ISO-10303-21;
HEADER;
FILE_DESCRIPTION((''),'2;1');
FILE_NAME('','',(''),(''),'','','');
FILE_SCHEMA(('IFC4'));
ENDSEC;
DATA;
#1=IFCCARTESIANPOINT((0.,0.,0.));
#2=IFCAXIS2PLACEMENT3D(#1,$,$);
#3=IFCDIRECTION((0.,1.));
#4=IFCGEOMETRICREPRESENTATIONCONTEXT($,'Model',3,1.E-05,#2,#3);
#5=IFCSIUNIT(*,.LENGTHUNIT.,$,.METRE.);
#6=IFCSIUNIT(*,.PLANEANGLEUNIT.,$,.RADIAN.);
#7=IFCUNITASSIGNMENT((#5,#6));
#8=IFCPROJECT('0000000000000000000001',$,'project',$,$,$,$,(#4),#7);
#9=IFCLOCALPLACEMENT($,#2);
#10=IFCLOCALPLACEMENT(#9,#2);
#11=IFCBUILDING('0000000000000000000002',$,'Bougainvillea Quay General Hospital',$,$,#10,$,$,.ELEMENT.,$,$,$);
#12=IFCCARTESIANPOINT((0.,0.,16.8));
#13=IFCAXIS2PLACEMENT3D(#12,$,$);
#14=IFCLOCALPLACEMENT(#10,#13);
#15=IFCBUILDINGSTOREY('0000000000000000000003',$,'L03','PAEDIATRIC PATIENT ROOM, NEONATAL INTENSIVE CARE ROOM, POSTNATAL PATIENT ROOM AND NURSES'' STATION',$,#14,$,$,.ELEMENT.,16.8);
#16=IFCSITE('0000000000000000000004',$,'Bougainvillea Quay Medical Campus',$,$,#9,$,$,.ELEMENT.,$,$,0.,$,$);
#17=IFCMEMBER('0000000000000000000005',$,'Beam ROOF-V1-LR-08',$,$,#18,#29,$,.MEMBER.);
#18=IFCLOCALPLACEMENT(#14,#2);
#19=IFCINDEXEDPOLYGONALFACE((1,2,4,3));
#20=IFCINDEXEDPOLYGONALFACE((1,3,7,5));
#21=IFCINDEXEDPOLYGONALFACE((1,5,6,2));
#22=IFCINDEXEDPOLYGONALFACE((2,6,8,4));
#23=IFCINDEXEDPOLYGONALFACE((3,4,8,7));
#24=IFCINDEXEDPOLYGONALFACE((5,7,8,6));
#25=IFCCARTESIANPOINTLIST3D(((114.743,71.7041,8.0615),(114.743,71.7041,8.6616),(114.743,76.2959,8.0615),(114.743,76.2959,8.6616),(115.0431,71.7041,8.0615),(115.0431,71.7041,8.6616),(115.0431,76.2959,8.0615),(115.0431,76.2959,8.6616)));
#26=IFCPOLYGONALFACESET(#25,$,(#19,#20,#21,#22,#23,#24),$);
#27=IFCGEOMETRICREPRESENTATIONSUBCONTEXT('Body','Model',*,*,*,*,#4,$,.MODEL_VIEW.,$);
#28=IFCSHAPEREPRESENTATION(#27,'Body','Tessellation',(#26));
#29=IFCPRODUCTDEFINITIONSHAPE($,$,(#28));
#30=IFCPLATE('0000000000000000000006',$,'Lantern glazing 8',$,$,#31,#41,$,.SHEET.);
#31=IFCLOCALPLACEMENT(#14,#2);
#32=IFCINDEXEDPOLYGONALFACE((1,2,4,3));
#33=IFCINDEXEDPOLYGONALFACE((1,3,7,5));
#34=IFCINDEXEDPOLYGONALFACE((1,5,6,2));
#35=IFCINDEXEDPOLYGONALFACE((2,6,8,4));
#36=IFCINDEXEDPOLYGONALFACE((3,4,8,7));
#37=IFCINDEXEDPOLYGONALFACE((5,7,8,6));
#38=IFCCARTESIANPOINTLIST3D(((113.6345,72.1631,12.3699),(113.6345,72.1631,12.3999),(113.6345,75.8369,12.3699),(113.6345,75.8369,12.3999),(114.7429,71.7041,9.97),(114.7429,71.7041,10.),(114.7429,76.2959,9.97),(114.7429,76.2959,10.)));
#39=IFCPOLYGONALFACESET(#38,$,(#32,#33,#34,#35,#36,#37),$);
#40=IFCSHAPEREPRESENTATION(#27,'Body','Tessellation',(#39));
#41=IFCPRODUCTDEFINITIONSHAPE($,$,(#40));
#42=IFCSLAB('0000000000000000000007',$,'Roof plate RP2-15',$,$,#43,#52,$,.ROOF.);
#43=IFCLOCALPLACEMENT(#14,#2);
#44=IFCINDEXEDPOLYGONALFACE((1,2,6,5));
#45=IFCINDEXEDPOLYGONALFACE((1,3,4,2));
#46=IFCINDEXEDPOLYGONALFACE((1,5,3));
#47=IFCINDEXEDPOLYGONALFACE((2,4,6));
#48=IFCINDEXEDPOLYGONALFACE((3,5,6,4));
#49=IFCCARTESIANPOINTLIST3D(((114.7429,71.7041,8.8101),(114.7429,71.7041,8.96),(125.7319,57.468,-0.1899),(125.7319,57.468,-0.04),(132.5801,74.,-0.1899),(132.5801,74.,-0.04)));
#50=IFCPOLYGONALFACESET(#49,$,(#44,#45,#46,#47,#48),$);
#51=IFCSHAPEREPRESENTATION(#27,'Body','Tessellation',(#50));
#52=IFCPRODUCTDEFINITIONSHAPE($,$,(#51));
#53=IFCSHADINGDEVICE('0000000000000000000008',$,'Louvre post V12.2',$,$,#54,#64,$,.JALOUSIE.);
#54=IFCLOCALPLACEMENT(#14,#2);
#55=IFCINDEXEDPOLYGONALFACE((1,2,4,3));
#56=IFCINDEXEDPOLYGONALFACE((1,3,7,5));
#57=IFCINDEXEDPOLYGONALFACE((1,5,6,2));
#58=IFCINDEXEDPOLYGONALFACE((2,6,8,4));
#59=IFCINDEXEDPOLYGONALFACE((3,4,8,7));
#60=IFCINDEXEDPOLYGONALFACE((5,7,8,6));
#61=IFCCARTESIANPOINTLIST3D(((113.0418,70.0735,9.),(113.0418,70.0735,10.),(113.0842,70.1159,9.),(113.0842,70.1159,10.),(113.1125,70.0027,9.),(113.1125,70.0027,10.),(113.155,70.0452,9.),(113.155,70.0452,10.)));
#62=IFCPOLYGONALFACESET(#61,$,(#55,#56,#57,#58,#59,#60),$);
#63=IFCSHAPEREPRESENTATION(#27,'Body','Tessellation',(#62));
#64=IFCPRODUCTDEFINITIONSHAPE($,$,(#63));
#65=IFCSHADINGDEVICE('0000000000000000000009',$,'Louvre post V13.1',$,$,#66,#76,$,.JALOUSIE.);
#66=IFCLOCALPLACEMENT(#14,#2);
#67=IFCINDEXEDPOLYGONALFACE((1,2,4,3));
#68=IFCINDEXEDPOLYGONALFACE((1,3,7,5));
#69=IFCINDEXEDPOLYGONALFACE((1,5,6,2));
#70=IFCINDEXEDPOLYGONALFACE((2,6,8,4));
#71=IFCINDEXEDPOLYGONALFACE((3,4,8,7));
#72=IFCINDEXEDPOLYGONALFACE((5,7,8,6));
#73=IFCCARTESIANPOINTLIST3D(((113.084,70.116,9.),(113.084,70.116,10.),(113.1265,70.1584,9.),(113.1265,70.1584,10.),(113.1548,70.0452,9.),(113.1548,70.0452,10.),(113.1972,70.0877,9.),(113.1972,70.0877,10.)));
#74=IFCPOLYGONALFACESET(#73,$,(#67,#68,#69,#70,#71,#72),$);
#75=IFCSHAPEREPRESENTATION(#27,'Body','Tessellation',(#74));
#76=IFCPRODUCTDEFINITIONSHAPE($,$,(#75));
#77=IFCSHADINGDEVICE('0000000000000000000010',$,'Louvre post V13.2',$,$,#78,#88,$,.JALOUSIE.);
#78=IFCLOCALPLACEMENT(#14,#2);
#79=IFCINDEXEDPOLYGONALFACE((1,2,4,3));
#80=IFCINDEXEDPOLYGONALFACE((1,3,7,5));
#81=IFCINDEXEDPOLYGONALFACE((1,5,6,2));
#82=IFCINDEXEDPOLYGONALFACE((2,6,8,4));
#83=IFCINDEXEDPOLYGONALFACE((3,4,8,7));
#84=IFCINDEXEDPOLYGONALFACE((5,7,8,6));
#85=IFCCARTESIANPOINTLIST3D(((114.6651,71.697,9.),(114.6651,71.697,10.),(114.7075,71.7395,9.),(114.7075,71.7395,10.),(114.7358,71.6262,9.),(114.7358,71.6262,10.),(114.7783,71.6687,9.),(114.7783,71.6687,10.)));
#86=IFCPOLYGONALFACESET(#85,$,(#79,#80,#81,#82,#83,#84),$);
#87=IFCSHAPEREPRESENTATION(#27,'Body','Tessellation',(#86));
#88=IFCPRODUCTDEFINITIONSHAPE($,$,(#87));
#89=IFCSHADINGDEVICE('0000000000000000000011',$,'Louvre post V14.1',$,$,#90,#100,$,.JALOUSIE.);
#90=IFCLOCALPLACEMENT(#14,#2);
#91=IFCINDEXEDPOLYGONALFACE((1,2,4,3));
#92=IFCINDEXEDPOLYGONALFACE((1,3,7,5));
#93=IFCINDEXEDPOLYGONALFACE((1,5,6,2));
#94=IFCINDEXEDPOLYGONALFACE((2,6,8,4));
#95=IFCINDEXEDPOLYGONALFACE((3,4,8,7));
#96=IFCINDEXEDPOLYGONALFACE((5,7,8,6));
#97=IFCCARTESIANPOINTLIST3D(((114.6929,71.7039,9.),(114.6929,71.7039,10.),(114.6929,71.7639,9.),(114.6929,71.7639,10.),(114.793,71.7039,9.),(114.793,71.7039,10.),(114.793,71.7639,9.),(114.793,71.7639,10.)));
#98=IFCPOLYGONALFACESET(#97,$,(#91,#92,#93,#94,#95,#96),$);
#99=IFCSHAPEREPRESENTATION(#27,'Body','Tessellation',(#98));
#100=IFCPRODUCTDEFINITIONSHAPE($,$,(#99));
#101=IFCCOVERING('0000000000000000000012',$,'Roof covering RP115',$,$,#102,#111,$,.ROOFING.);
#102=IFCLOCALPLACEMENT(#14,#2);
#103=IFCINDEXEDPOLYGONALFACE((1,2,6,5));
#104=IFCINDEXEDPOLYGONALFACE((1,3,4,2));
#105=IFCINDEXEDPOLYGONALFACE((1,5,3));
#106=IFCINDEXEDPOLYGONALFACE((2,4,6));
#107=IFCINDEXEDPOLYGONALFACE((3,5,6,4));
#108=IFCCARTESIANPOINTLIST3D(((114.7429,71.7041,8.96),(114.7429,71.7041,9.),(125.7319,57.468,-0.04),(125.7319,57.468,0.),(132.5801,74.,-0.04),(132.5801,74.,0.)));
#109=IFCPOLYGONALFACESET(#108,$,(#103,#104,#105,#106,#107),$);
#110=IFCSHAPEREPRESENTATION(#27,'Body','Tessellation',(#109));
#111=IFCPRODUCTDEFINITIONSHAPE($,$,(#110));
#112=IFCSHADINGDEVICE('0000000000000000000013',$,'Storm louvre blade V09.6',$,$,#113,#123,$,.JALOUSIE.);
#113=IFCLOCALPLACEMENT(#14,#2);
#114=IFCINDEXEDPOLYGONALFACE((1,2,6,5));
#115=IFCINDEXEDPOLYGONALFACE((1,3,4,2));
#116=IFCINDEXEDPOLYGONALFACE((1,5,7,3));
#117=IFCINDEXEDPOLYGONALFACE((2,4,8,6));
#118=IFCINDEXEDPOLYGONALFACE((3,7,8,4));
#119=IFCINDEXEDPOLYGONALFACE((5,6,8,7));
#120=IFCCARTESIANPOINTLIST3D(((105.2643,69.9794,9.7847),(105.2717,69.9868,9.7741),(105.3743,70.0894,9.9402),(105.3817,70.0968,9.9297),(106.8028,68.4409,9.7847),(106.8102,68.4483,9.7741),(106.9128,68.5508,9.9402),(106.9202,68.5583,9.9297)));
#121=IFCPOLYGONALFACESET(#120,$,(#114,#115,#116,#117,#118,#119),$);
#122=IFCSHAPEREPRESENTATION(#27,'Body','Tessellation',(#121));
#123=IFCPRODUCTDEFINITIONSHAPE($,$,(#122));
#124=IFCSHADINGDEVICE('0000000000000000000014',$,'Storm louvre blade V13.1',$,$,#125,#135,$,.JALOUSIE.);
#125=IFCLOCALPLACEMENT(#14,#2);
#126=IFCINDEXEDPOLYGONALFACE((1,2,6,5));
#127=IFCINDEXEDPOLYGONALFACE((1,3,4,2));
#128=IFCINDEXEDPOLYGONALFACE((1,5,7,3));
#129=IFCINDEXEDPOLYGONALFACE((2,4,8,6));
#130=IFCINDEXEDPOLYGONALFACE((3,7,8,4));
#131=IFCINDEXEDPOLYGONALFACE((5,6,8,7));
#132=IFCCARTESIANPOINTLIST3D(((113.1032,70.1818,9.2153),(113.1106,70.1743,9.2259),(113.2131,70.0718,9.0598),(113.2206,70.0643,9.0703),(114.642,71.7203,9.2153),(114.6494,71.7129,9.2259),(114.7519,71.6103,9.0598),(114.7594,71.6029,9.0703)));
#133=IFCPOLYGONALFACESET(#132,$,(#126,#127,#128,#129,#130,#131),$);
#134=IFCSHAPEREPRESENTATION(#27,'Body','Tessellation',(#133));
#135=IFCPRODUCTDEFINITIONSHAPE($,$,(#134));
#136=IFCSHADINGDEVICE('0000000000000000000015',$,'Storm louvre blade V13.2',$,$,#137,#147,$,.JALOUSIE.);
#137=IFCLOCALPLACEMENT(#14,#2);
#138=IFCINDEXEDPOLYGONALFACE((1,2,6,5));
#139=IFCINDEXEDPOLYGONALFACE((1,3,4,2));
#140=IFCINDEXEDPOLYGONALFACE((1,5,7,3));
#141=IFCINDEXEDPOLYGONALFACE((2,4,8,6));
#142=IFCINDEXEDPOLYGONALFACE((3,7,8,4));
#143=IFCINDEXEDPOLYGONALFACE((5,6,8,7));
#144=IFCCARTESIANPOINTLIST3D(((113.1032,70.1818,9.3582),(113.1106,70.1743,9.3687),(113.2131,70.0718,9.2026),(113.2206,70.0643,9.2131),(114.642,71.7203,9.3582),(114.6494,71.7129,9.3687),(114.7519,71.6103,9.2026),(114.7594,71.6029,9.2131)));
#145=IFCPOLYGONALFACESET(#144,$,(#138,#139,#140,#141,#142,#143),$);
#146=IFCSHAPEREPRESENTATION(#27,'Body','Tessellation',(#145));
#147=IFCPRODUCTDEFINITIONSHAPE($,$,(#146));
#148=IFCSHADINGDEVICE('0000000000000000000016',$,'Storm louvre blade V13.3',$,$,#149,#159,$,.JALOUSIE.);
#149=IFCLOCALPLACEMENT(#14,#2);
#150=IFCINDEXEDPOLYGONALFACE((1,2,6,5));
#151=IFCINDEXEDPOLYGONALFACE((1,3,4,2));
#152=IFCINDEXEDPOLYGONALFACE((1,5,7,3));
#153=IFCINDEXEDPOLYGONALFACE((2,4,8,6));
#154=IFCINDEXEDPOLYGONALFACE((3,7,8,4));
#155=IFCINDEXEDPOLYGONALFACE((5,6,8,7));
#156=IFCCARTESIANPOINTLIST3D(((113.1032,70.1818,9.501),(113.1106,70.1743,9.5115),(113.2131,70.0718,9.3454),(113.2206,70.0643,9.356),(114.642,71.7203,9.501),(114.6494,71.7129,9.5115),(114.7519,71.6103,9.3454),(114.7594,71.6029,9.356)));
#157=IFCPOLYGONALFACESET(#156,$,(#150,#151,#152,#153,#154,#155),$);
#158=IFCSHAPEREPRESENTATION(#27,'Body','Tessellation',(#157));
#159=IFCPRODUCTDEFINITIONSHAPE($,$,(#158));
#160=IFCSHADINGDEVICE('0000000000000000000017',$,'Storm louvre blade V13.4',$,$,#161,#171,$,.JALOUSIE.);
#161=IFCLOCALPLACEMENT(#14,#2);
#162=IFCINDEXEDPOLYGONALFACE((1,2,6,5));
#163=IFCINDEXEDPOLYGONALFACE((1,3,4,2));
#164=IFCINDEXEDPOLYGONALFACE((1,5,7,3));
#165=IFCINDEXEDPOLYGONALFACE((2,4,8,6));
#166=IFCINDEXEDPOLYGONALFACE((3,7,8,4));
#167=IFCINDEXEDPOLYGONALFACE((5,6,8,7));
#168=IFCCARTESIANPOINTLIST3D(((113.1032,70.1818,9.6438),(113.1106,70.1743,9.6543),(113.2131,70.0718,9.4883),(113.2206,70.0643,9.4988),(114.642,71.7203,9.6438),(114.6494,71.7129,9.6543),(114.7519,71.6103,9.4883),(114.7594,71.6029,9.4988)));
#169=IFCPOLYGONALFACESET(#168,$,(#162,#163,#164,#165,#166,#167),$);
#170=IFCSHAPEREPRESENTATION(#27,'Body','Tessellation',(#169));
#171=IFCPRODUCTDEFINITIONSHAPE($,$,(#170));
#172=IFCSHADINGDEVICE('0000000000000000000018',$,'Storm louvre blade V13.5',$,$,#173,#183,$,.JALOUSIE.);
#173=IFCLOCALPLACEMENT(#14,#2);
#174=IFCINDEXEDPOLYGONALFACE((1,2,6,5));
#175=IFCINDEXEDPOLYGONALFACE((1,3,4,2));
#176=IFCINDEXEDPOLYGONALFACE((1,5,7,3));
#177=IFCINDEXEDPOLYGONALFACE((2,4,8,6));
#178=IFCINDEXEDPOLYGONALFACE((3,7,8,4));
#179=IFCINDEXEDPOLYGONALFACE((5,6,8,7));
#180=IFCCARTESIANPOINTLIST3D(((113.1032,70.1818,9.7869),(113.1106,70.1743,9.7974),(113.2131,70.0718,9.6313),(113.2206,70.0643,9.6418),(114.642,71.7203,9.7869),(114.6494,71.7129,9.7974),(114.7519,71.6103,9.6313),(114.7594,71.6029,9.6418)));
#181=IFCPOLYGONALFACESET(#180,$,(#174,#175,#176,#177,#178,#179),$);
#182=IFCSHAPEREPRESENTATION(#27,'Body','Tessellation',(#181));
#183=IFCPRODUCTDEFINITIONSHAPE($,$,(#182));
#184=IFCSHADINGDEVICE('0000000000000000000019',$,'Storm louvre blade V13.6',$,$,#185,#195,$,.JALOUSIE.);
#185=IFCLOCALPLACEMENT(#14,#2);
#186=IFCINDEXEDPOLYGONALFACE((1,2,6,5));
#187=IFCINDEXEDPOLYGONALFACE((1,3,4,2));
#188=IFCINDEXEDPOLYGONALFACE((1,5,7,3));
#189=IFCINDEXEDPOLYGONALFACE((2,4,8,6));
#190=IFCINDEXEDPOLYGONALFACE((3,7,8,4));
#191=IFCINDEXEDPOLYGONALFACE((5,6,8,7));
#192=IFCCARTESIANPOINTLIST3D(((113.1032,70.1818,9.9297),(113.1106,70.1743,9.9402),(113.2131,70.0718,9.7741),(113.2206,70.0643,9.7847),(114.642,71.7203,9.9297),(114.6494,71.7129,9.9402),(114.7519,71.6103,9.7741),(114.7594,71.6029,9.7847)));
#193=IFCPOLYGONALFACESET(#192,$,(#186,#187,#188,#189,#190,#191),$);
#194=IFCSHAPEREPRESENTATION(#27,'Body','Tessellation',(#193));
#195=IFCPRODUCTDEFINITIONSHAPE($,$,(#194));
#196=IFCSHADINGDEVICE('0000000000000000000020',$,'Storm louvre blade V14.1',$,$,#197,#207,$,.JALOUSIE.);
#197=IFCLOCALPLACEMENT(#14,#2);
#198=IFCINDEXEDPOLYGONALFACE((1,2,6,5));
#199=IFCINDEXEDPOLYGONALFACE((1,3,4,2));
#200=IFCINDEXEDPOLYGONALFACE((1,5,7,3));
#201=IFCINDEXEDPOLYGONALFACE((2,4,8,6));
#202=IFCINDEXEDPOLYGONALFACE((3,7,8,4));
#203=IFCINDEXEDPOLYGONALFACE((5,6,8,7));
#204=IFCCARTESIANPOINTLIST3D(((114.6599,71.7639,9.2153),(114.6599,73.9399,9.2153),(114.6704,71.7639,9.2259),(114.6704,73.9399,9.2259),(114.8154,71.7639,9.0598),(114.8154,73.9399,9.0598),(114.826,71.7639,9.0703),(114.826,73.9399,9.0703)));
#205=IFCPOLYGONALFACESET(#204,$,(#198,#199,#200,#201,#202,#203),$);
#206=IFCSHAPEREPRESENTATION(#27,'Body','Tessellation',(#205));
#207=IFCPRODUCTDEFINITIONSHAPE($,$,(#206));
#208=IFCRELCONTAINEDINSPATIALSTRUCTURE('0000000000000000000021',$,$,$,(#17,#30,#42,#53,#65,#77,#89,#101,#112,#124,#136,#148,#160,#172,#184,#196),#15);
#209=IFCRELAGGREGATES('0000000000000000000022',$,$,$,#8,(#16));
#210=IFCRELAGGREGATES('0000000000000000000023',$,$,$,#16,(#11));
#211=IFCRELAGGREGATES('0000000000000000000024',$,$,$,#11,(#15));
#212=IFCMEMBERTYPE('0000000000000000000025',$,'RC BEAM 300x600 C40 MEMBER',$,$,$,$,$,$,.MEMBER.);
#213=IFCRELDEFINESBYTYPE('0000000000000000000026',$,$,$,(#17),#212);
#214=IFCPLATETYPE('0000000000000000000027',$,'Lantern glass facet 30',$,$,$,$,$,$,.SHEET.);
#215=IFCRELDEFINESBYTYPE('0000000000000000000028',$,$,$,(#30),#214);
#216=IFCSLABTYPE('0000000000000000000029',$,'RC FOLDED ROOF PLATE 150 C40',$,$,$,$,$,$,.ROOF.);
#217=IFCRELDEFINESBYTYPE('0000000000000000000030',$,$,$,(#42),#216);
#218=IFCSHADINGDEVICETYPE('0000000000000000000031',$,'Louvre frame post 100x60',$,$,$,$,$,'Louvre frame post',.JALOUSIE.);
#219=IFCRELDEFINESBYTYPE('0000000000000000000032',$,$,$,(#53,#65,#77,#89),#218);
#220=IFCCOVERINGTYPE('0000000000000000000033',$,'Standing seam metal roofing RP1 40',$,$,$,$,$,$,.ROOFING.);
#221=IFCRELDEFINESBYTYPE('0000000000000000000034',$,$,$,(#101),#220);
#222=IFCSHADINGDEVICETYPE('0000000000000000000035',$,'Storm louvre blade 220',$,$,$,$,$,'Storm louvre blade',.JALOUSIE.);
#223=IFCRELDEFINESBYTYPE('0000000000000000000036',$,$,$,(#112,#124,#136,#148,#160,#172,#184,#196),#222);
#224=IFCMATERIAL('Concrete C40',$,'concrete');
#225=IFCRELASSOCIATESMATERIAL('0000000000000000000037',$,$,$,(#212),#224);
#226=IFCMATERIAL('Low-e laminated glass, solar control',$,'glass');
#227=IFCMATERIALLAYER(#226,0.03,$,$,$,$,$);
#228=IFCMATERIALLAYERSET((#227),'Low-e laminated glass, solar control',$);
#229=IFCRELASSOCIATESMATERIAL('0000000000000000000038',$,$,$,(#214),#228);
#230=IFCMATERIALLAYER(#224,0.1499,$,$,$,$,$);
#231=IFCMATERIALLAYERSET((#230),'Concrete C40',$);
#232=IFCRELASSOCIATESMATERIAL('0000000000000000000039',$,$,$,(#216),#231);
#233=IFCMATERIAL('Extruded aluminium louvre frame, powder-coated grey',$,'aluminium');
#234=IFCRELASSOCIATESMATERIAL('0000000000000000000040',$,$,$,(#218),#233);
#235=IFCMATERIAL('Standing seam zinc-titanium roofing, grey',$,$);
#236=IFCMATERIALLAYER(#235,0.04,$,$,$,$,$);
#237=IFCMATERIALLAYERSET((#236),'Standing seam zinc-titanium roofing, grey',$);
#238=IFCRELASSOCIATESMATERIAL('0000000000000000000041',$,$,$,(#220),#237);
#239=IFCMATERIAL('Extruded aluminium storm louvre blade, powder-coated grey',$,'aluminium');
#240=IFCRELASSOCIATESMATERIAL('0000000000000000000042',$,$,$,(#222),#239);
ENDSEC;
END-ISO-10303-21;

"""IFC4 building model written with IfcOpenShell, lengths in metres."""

from ifc_helpers import new_model, si_unit, direction, frame, origin, origin_2d, place, context, subcontext, project, spatial, polyline, rectangle, outline, extrude, material, layer, layer_set, material_profile, profile_set, type_object, element, save


model = new_model("IFC4")

# Units and contexts
model_context = context("Model", 3, precision=1e-05, world=origin(), true_north=direction((0.0, 1.0)))
body_context = subcontext(model_context, "Body", "Model", "MODEL_VIEW")
ifc_project = project(units=[si_unit("LENGTHUNIT", "METRE"), si_unit("PLANEANGLEUNIT", "RADIAN")], contexts=[model_context])

# Site, building, storey
site_placement = place(None, origin())
site = spatial("IfcSite", under=ifc_project, at=site_placement, Name="Bougainvillea Quay Medical Campus", CompositionType="ELEMENT", RefElevation=0.0)
building_placement = place(site_placement, origin())
building = spatial("IfcBuilding", under=site, at=building_placement, Name="Bougainvillea Quay General Hospital", CompositionType="ELEMENT")
storey_placement = place(building_placement, frame((0.0, 0.0, 16.8)))
storey = spatial("IfcBuildingStorey", under=building, at=storey_placement, Name="L03", Description="PAEDIATRIC PATIENT ROOM, NEONATAL INTENSIVE CARE ROOM, POSTNATAL PATIENT ROOM AND NURSES' STATION", CompositionType="ELEMENT", Elevation=16.8)

# Member
ifc_material_1 = material(Name="Concrete C40", Category="concrete")
ifc_material_profile_1 = material_profile(ifc_material_1, rectangle(XDim=0.3, YDim=0.6001, at=origin_2d()))
ifc_profile_set_1 = profile_set([ifc_material_profile_1], Name="Concrete C40")
member_type = type_object("IfcMemberType", Name="RC BEAM 300x600 C40 MEMBER", PredefinedType="MEMBER", material=ifc_profile_set_1)
member_placement = place(storey_placement, frame((114.8931, 71.7041, 8.3616), z_axis=(0.0, 1.0, 0.0), x_axis=(-1.0, 0.0, 0.0)))
element("IfcMember", 1, at=member_placement, inside=storey, type_object=member_type, Name="Beam ROOF-V1-LR-08", PredefinedType="MEMBER", context=body_context, shape_type="SweptSolid", body=[
    extrude(rectangle(XDim=0.3, YDim=0.6001, at=origin_2d()), origin(), (0.0, 0.0, 1.0), 4.5918),
])

# Plate
ifc_material_2 = material(Name="Low-e laminated glass, solar control", Category="glass")
ifc_layer_1 = layer(ifc_material_2, 0.03)
ifc_layer_set_1 = layer_set([ifc_layer_1], Name="Low-e laminated glass, solar control")
plate_type = type_object("IfcPlateType", Name="Lantern glass facet 30", PredefinedType="SHEET", material=ifc_layer_set_1)
plate_placement = place(storey_placement, frame((114.7429, 71.7041, 10.0), z_axis=(0.907851, 0.0, 0.419292), x_axis=(0.0, 1.0, 0.0)))
element("IfcPlate", 2, at=plate_placement, inside=storey, type_object=plate_type, Name="Lantern glazing 8", PredefinedType="SHEET", context=body_context, shape_type="SweptSolid", body=[
    extrude(outline(polyline([(0.0, 0.0), (4.5918, 0.0), (4.1328, 2.6435), (0.459, 2.6435), (0.0, 0.0)])), origin(), (0.0, -0.907851, -0.419292), 0.03),
])

# Slab
ifc_layer_2 = layer(ifc_material_1, 0.1499)
ifc_layer_set_2 = layer_set([ifc_layer_2], Name="Concrete C40")
slab_type = type_object("IfcSlabType", Name="RC FOLDED ROOF PLATE 150 C40", PredefinedType="ROOF", material=ifc_layer_set_2)
slab_placement = place(storey_placement, frame((114.7429, 71.7041, 8.96), z_axis=(0.461666, -0.191239, 0.866194), x_axis=(0.546437, -0.7079, -0.447532)))
element("IfcSlab", 3, at=slab_placement, inside=storey, type_object=slab_type, Name="Roof plate RP2-15", PredefinedType="ROOF", context=body_context, shape_type="SweptSolid", body=[
    extrude(outline(polyline([(0.0, 0.0), (20.1103, 0.0), (12.1494, 16.0258), (0.0, 0.0)])), origin(), (0.447532, 0.222313, -0.866194), 0.1499),
])

# Shading devices
ifc_material_3 = material(Name="Extruded aluminium louvre frame, powder-coated grey", Category="aluminium")
ifc_material_profile_2 = material_profile(ifc_material_3, rectangle(XDim=0.1001, YDim=0.0601, at=origin_2d()))
ifc_profile_set_2 = profile_set([ifc_material_profile_2], Name="Extruded aluminium louvre frame, powder-coated grey")
shading_device_type_1 = type_object("IfcShadingDeviceType", Name="Louvre frame post 100x60", ElementType="Louvre frame post", PredefinedType="JALOUSIE", material=ifc_profile_set_2)
for number, where, z_axis, x_axis, name in (
    (4, (113.0984, 70.0593, 9.0), (0.0, 0.0, 1.0), (-0.707107, 0.707107, 0.0), "Louvre post V12.2"),
    (5, (113.1406, 70.1018, 9.0), (0.0, 0.0, 1.0), (-0.707107, 0.707107, 0.0), "Louvre post V13.1"),
    (6, (114.7217, 71.6829, 9.0), (0.0, 0.0, 1.0), (-0.707107, 0.707107, 0.0), "Louvre post V13.2"),
    (7, (114.7429, 71.7339, 9.0), (0.0, 0.0, 1.0), (-1.0, 0.0, 0.0), "Louvre post V14.1"),
):
    element("IfcShadingDevice", number, at=place(storey_placement, frame(where, z_axis=z_axis, x_axis=x_axis)), inside=storey, type_object=shading_device_type_1, Name=name, PredefinedType="JALOUSIE", context=body_context, shape_type="SweptSolid", body=[
        extrude(rectangle(XDim=0.1001, YDim=0.0601, at=origin_2d()), origin(), (0.0, 0.0, 1.0), 1.0),
    ])

# Covering
ifc_material_4 = material(Name="Standing seam zinc-titanium roofing, grey")
ifc_layer_3 = layer(ifc_material_4, 0.04)
ifc_layer_set_3 = layer_set([ifc_layer_3], Name="Standing seam zinc-titanium roofing, grey")
covering_type = type_object("IfcCoveringType", Name="Standing seam metal roofing RP1 40", PredefinedType="ROOFING", material=ifc_layer_set_3)
covering_placement = place(storey_placement, frame((114.7429, 71.7041, 9.0), z_axis=(0.461666, -0.191239, 0.866194), x_axis=(0.546437, -0.7079, -0.447532)))
element("IfcCovering", 8, at=covering_placement, inside=storey, type_object=covering_type, Name="Roof covering RP115", PredefinedType="ROOFING", context=body_context, shape_type="SweptSolid", body=[
    extrude(outline(polyline([(0.0, 0.0), (20.1103, 0.0), (12.1494, 16.0258), (0.0, 0.0)])), origin(), (0.447532, 0.222313, -0.866194), 0.04),
])

# Shading devices
ifc_material_5 = material(Name="Extruded aluminium storm louvre blade, powder-coated grey", Category="aluminium")
ifc_material_profile_3 = material_profile(ifc_material_5, rectangle(XDim=0.22, YDim=0.0149, at=origin_2d()))
ifc_profile_set_3 = profile_set([ifc_material_profile_3], Name="Extruded aluminium storm louvre blade, powder-coated grey")
shading_device_type_2 = type_object("IfcShadingDeviceType", Name="Storm louvre blade 220", ElementType="Storm louvre blade", PredefinedType="JALOUSIE", material=ifc_profile_set_3)
shading_device_placement = place(storey_placement, frame((105.323, 70.0381, 9.8572), z_axis=(0.707107, -0.707107, 0.0), x_axis=(0.5, 0.5, 0.707107)))
element("IfcShadingDevice", 9, at=shading_device_placement, inside=storey, type_object=shading_device_type_2, Name="Storm louvre blade V09.6", PredefinedType="JALOUSIE", context=body_context, shape_type="SweptSolid", body=[
    extrude(rectangle(XDim=0.22, YDim=0.0149, at=origin_2d()), origin(), (0.0, 0.0, 1.0), 2.1758),
])
for number, where, z_axis, x_axis, name in (
    (10, (113.1619, 70.123, 9.1428), (0.707163, 0.707051, 0.0), (-0.49996, 0.50004, 0.707107), "Storm louvre blade V13.1"),
    (11, (113.1619, 70.123, 9.2856), (0.707163, 0.707051, 0.0), (-0.49996, 0.50004, 0.707107), "Storm louvre blade V13.2"),
    (12, (113.1619, 70.123, 9.4285), (0.707163, 0.707051, 0.0), (-0.49996, 0.50004, 0.707107), "Storm louvre blade V13.3"),
    (13, (113.1619, 70.123, 9.5713), (0.707163, 0.707051, 0.0), (-0.49996, 0.50004, 0.707107), "Storm louvre blade V13.4"),
    (14, (113.1619, 70.123, 9.7144), (0.707163, 0.707051, 0.0), (-0.49996, 0.50004, 0.707107), "Storm louvre blade V13.5"),
    (15, (113.1619, 70.123, 9.8572), (0.707163, 0.707051, 0.0), (-0.49996, 0.50004, 0.707107), "Storm louvre blade V13.6"),
    (16, (114.7429, 71.7639, 9.1428), (0.0, 1.0, 0.0), (-0.707107, 0.0, 0.707107), "Storm louvre blade V14.1"),
):
    element("IfcShadingDevice", number, at=place(storey_placement, frame(where, z_axis=z_axis, x_axis=x_axis)), inside=storey, type_object=shading_device_type_2, Name=name, PredefinedType="JALOUSIE", context=body_context, shape_type="SweptSolid", body=[
        extrude(rectangle(XDim=0.22, YDim=0.0149, at=origin_2d()), origin(), (0.0, 0.0, 1.0), 2.176),
    ])

save(model, "model.ifc")
